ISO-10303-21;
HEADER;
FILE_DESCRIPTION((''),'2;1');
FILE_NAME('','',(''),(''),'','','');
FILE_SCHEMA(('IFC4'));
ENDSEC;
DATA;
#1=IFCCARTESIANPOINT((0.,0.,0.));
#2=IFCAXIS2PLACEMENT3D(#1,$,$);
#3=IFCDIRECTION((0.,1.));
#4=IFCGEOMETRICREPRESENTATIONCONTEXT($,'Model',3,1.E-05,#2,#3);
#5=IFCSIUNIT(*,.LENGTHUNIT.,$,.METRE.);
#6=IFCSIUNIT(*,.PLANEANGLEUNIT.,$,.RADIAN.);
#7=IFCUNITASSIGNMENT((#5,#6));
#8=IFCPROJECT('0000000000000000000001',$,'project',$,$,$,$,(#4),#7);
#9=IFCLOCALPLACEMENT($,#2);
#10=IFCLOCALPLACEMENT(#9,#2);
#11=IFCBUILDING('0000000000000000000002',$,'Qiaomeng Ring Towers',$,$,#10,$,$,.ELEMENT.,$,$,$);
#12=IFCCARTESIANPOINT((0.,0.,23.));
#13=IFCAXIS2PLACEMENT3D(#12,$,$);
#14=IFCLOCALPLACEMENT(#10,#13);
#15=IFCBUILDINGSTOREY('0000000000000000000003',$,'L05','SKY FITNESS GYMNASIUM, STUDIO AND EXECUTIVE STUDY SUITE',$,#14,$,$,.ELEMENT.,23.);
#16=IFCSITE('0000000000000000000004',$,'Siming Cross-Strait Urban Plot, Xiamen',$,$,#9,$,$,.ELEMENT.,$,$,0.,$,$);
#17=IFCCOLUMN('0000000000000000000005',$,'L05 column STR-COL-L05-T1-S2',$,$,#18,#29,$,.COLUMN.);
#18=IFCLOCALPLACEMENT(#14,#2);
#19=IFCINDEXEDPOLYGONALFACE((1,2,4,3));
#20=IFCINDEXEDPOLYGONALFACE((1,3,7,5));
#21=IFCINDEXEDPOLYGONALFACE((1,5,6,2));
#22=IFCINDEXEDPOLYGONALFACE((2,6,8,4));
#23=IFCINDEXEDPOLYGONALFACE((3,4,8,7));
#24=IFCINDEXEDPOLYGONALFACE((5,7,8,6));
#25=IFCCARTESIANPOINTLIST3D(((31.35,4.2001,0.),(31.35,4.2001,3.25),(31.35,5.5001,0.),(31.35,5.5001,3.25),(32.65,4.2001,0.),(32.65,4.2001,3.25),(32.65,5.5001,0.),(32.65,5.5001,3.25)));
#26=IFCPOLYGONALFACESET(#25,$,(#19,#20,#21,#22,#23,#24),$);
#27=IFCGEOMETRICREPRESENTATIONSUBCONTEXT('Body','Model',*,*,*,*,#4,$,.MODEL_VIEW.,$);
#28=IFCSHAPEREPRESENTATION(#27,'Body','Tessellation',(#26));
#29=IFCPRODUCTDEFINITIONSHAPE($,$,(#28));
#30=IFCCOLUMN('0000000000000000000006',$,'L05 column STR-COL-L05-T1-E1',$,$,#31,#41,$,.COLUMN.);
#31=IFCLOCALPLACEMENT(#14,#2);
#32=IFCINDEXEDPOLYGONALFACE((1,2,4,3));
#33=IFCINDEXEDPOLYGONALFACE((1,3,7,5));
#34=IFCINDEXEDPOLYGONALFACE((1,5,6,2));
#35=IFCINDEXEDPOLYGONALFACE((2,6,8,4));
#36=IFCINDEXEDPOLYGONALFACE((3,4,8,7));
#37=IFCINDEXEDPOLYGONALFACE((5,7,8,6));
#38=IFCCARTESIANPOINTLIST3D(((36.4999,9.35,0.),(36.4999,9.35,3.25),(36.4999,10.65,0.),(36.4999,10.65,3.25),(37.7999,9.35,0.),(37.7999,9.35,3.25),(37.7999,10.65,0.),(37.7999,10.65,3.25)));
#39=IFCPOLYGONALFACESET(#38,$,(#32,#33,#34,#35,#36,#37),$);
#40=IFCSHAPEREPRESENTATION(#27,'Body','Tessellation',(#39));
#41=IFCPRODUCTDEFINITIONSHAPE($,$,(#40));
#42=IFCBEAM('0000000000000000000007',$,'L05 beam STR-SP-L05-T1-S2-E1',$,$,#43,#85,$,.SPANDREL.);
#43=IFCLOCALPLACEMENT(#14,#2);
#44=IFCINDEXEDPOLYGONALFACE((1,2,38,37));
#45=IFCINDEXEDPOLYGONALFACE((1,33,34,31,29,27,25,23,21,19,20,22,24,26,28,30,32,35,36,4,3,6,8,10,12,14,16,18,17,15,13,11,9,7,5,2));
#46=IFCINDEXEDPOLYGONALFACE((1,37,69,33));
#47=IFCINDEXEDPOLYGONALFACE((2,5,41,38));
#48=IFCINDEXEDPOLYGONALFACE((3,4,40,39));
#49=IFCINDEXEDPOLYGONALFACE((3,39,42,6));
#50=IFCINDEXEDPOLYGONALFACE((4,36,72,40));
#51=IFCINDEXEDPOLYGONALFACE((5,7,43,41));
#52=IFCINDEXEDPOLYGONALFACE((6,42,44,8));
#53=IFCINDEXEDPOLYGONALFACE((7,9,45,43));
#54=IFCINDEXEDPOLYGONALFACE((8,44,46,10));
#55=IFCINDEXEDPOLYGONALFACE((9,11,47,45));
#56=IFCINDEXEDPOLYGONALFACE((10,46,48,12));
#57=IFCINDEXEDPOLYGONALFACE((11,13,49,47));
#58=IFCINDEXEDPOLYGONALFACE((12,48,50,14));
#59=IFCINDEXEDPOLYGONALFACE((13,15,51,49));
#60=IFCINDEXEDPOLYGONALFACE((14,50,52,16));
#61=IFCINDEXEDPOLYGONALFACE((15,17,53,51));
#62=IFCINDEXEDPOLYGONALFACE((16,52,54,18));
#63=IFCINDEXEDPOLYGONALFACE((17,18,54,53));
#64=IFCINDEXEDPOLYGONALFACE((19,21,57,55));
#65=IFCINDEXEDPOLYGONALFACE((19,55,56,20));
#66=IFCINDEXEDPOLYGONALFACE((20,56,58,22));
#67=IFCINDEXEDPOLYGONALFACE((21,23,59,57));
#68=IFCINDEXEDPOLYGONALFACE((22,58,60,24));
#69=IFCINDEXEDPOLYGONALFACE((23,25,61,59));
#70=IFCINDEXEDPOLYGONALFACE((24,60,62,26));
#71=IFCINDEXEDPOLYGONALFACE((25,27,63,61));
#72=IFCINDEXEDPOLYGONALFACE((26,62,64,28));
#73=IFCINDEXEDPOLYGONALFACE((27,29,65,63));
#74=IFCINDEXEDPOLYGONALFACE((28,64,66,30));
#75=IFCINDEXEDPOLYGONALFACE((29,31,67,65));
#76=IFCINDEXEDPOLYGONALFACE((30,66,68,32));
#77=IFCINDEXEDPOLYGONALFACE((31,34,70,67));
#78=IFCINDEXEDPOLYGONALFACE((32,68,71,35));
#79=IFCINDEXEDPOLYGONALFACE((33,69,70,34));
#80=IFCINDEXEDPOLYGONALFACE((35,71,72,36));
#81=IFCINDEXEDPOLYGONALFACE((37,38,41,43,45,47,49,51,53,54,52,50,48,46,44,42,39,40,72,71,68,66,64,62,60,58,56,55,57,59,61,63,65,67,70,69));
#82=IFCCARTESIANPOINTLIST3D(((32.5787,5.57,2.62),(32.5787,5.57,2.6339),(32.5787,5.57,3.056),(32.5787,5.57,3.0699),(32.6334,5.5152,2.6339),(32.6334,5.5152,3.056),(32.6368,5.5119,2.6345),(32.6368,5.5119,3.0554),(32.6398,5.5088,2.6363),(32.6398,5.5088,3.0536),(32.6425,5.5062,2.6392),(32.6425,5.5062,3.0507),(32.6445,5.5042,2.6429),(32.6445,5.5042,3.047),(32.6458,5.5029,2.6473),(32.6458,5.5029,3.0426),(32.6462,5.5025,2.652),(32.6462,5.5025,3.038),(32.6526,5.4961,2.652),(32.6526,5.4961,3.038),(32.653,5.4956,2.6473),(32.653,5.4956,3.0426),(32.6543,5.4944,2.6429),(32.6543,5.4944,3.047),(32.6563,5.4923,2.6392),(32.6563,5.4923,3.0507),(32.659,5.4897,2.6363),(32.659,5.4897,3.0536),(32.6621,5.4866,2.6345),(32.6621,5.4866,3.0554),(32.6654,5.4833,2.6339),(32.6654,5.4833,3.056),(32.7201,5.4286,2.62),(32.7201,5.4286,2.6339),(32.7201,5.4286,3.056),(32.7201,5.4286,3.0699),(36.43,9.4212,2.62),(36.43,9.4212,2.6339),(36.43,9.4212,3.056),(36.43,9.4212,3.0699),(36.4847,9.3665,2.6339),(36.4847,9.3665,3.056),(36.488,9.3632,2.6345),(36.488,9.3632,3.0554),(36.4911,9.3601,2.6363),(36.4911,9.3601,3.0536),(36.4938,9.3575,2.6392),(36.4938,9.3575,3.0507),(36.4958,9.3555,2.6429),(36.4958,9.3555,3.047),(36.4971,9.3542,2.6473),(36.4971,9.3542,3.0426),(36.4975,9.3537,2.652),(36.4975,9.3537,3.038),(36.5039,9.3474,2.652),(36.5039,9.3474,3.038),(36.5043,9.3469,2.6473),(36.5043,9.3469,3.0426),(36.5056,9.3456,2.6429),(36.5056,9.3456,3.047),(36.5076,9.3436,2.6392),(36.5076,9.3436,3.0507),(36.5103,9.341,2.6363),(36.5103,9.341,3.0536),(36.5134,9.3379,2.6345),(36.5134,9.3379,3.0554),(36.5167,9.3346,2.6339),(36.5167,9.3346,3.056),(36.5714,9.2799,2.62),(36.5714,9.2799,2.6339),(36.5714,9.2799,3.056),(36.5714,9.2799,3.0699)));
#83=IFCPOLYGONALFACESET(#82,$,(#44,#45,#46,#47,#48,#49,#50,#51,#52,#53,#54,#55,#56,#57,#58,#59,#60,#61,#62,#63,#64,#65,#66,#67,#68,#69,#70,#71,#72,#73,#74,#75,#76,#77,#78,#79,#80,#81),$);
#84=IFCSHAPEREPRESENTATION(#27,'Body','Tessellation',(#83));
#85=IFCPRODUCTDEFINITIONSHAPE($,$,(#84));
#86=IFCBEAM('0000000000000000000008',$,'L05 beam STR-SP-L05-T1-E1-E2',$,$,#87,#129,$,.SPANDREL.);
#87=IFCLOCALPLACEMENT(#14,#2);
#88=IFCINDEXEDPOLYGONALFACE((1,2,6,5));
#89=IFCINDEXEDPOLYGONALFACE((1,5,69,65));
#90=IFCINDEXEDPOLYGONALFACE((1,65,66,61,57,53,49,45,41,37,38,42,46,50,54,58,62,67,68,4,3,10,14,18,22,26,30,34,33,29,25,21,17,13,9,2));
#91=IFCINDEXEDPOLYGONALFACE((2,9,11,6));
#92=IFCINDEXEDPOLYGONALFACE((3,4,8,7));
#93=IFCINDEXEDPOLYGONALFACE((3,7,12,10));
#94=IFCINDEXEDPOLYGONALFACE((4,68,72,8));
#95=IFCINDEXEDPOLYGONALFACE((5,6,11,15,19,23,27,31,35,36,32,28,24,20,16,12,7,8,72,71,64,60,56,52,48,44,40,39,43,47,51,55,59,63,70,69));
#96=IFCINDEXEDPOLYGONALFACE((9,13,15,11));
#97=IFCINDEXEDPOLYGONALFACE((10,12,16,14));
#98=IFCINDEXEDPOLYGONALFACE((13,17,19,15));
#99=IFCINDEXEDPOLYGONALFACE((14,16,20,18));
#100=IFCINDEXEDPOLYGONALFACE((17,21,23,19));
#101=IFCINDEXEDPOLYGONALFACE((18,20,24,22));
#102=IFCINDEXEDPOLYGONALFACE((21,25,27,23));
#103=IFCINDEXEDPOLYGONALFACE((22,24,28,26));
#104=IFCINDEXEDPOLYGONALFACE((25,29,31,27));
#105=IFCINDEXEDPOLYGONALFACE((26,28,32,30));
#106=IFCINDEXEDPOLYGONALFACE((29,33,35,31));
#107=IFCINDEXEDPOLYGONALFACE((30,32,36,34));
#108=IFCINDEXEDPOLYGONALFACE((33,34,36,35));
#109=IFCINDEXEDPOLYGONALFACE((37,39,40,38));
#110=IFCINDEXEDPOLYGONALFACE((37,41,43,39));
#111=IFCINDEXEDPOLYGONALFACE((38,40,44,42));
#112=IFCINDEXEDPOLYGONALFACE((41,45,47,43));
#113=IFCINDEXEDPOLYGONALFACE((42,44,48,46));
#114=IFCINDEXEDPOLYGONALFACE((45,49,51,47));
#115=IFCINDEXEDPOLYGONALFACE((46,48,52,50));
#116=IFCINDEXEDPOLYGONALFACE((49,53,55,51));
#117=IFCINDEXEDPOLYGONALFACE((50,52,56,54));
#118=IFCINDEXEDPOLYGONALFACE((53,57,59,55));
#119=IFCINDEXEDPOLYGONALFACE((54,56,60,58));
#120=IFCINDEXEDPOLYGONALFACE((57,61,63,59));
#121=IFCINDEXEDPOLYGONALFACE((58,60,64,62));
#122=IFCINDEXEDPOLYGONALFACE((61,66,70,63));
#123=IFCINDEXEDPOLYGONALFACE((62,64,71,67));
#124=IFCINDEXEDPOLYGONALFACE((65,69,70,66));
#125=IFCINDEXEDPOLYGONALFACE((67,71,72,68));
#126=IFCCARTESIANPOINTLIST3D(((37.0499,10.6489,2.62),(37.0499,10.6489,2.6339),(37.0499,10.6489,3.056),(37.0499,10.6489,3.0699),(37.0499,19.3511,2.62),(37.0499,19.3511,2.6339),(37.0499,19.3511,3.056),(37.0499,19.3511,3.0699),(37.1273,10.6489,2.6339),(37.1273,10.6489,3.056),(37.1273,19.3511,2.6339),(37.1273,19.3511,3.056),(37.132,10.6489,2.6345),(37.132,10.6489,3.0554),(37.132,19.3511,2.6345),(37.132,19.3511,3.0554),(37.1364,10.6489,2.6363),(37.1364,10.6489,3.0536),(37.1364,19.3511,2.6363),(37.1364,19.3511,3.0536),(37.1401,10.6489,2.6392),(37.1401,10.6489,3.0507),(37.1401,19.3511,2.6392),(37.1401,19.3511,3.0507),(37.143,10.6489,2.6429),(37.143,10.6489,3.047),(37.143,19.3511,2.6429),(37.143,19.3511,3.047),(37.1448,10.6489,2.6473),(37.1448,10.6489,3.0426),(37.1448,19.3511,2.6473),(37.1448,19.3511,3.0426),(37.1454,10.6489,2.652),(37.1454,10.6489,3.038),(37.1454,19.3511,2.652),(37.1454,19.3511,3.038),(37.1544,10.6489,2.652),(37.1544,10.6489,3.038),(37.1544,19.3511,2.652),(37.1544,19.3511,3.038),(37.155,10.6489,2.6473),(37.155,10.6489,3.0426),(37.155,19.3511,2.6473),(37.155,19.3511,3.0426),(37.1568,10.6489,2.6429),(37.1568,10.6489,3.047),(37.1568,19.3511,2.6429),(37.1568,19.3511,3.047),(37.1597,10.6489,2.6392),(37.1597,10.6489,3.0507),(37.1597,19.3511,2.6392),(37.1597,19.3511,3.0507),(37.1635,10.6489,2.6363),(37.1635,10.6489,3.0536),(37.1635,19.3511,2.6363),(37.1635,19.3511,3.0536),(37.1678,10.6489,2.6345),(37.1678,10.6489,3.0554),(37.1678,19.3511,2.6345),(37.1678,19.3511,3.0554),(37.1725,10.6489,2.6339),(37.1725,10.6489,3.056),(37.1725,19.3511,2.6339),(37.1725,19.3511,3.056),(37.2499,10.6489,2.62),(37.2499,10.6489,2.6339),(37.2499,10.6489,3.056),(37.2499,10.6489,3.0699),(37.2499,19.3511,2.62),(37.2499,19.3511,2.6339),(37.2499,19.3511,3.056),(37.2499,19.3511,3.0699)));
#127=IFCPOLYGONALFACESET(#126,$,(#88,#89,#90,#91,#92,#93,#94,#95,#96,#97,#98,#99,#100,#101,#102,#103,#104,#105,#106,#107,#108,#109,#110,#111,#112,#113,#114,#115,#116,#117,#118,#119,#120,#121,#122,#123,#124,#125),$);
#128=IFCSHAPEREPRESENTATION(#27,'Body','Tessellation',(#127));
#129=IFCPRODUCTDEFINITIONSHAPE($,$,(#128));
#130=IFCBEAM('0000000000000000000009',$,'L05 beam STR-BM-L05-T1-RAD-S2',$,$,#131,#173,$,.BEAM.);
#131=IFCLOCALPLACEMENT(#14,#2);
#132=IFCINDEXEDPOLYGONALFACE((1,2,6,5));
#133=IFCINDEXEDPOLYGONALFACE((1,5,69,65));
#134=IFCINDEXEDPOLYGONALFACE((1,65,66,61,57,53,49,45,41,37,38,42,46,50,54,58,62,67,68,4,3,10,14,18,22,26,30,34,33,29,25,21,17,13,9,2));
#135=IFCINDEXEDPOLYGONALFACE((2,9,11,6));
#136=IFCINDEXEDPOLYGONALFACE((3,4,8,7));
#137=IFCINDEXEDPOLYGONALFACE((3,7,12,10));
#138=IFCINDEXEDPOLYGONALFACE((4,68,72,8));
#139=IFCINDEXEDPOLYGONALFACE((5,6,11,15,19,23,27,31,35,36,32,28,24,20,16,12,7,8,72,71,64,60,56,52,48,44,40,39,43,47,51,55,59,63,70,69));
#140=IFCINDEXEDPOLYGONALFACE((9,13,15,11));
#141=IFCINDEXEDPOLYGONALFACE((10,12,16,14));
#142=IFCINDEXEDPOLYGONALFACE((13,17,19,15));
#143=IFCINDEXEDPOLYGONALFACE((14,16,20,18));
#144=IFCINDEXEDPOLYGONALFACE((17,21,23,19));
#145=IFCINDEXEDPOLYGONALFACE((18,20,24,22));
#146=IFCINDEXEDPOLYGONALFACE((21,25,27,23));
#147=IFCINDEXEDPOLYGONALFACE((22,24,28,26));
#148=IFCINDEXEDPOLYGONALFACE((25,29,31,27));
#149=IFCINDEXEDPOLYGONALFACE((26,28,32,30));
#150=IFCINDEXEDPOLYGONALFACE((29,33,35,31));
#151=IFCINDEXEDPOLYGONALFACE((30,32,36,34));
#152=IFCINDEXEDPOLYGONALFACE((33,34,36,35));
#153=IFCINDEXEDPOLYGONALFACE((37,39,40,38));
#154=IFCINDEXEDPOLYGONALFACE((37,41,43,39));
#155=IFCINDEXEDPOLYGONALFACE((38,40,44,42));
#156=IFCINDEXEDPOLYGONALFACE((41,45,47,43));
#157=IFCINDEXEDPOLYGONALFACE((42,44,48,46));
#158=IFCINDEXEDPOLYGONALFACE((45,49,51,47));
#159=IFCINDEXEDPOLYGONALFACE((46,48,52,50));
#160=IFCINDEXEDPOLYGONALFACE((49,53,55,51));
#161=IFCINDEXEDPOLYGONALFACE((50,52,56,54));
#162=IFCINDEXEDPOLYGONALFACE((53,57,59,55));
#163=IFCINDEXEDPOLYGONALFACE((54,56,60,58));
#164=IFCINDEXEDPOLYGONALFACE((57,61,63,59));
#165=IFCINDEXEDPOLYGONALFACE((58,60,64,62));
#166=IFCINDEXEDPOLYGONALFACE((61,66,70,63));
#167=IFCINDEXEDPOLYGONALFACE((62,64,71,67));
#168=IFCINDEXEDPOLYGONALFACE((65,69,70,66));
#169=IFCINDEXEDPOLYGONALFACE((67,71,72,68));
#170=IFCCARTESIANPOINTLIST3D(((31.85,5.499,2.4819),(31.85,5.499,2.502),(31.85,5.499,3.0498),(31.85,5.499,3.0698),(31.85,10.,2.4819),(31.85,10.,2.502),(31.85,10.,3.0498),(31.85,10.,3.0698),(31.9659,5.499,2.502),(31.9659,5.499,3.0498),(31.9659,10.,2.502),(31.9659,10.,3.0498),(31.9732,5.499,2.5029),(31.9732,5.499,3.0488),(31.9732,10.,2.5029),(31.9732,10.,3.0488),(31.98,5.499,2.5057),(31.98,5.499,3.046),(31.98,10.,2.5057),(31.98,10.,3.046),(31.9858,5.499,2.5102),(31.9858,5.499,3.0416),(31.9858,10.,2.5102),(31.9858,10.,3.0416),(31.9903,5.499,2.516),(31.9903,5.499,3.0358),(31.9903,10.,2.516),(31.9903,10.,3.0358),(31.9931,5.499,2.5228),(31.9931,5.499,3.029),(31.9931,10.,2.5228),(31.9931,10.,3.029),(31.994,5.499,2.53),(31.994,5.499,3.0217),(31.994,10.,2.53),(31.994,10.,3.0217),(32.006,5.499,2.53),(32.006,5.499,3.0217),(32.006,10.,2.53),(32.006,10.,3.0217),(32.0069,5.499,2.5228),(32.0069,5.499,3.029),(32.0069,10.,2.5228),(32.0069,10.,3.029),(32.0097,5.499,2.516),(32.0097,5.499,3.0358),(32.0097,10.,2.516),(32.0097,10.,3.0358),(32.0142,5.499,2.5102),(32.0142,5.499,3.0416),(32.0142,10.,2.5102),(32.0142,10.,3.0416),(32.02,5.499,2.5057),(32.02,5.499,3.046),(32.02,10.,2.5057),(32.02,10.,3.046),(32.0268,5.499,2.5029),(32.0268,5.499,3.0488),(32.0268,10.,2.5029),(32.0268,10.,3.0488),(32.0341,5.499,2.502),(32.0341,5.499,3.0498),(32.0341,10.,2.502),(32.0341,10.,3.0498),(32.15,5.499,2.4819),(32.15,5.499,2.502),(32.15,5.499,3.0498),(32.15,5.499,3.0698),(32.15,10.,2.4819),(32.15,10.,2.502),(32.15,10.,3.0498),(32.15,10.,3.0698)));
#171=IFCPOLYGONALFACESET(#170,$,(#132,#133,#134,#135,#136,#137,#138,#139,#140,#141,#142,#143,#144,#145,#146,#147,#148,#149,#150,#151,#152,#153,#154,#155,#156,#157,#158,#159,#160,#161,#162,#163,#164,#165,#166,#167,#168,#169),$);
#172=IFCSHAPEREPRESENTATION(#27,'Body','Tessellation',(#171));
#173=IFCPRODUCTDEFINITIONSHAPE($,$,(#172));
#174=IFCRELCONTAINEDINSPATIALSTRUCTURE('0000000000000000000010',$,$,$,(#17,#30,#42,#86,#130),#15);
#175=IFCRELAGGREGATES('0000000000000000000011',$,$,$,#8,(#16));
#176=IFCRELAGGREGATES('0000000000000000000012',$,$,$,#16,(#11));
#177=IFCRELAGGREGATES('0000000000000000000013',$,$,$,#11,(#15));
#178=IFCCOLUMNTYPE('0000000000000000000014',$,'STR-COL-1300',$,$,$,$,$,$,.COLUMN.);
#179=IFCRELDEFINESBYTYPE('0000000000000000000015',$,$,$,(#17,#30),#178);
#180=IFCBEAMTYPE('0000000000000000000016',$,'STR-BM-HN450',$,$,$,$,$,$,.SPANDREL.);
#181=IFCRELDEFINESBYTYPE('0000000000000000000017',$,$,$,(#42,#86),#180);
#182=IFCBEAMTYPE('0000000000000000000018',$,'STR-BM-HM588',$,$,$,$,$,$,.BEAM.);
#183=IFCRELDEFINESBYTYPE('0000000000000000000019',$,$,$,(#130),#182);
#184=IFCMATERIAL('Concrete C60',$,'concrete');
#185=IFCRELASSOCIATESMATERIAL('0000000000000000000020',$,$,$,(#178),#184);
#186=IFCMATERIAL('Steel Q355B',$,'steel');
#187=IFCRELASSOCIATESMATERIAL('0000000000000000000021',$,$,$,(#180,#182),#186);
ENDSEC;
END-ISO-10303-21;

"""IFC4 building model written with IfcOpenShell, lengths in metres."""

from ifc_helpers import new_model, si_unit, direction, frame, origin, origin_2d, place, context, subcontext, project, spatial, rectangle, i_section, extrude, source, transform, mapped, material, material_profile, profile_set, type_object, element, save


model = new_model("IFC4")

# Units and contexts
model_context = context("Model", 3, precision=1e-05, world=origin(), true_north=direction((0.0, 1.0)))
body_context = subcontext(model_context, "Body", "Model", "MODEL_VIEW")
ifc_project = project(units=[si_unit("LENGTHUNIT", "METRE"), si_unit("PLANEANGLEUNIT", "RADIAN")], contexts=[model_context])

# Site, building, storey
site_placement = place(None, origin())
site = spatial("IfcSite", under=ifc_project, at=site_placement, Name="Siming Cross-Strait Urban Plot, Xiamen", CompositionType="ELEMENT", RefElevation=0.0)
building_placement = place(site_placement, origin())
building = spatial("IfcBuilding", under=site, at=building_placement, Name="Qiaomeng Ring Towers", CompositionType="ELEMENT")
storey_placement = place(building_placement, frame((0.0, 0.0, 23.0)))
storey = spatial("IfcBuildingStorey", under=building, at=storey_placement, Name="L05", Description="SKY FITNESS GYMNASIUM, STUDIO AND EXECUTIVE STUDY SUITE", CompositionType="ELEMENT", Elevation=23.0)

# Columns
ifc_material_1 = material(Name="Concrete C60", Category="concrete")
ifc_material_profile_1 = material_profile(ifc_material_1, rectangle(XDim=1.3, YDim=1.3, at=origin_2d()), Name="RC COL 1300x1300")
ifc_profile_set_1 = profile_set([ifc_material_profile_1], Name="Concrete C60")
column_type = type_object("IfcColumnType", Name="STR-COL-1300", PredefinedType="COLUMN", material=ifc_profile_set_1)
shared_shape_1 = source(origin(), body_context, "Body", "SweptSolid", [
    extrude(rectangle(XDim=1.3, YDim=1.3, at=origin_2d()), origin(), (0.0, 0.0, 1.0), 3.25),
])
for number, where, z_axis, x_axis, name in (
    (1, (32.0, 4.8501, 0.0), (0.0, 0.0, 1.0), (1.0, 0.0, 0.0), "L05 column STR-COL-L05-T1-S2"),
    (2, (37.1499, 10.0, 0.0), (0.0, 0.0, 1.0), (1.0, 0.0, 0.0), "L05 column STR-COL-L05-T1-E1"),
):
    element("IfcColumn", number, at=place(storey_placement, frame(where, z_axis=z_axis, x_axis=x_axis)), inside=storey, type_object=column_type, Name=name, PredefinedType="COLUMN", context=body_context, shape_type="MappedRepresentation", body=[
        mapped(shared_shape_1, transform((0.0, 0.0, 0.0), x_axis=(1.0, 0.0, 0.0), y_axis=(0.0, 1.0, 0.0), z_axis=(0.0, 0.0, 1.0), scale=1.0)),
    ])

# Beams
ifc_material_2 = material(Name="Steel Q355B", Category="steel")
ifc_material_profile_2 = material_profile(ifc_material_2, i_section(OverallWidth=0.2, OverallDepth=0.45, WebThickness=0.009, FlangeThickness=0.0139, FilletRadius=0.0181, at=origin_2d()), Name="HN 450x200x9x14")
ifc_profile_set_2 = profile_set([ifc_material_profile_2], Name="Steel Q355B")
beam_type_1 = type_object("IfcBeamType", Name="STR-BM-HN450", PredefinedType="SPANDREL", material=ifc_profile_set_2)
shared_shape_2 = source(origin(), body_context, "Body", "SweptSolid", [
    extrude(i_section(OverallWidth=0.2, OverallDepth=0.45, WebThickness=0.009, FlangeThickness=0.0139, FilletRadius=0.0181, at=origin_2d()), origin(), (0.0, 0.0, 1.0), 5.4465),
])
beam_1_placement = place(storey_placement, frame((32.6494, 5.4993, 2.845), z_axis=(0.707107, 0.707107, 0.0), x_axis=(-0.707107, 0.707107, 0.0)))
element("IfcBeam", 3, at=beam_1_placement, inside=storey, type_object=beam_type_1, Name="L05 beam STR-SP-L05-T1-S2-E1", PredefinedType="SPANDREL", context=body_context, shape_type="MappedRepresentation", body=[
    mapped(shared_shape_2, transform((0.0, 0.0, 0.0), x_axis=(1.0, 0.0, 0.0), y_axis=(0.0, 1.0, 0.0), z_axis=(0.0, 0.0, 1.0), scale=1.0)),
])
shared_shape_3 = source(origin(), body_context, "Body", "SweptSolid", [
    extrude(i_section(OverallWidth=0.2, OverallDepth=0.45, WebThickness=0.009, FlangeThickness=0.0139, FilletRadius=0.0181, at=origin_2d()), origin(), (0.0, 0.0, 1.0), 8.7021),
])
beam_2_placement = place(storey_placement, frame((37.1499, 10.6489, 2.845), z_axis=(0.0, 1.0, 0.0), x_axis=(-1.0, 0.0, 0.0)))
element("IfcBeam", 4, at=beam_2_placement, inside=storey, type_object=beam_type_1, Name="L05 beam STR-SP-L05-T1-E1-E2", PredefinedType="SPANDREL", context=body_context, shape_type="MappedRepresentation", body=[
    mapped(shared_shape_3, transform((0.0, 0.0, 0.0), x_axis=(1.0, 0.0, 0.0), y_axis=(0.0, 1.0, 0.0), z_axis=(0.0, 0.0, 1.0), scale=1.0)),
])
ifc_material_profile_3 = material_profile(ifc_material_2, i_section(OverallWidth=0.3, OverallDepth=0.5879, WebThickness=0.012, FlangeThickness=0.02, FilletRadius=0.0281, at=origin_2d()), Name="HM 588x300x12x20")
ifc_profile_set_3 = profile_set([ifc_material_profile_3], Name="Steel Q355B")
beam_type_2 = type_object("IfcBeamType", Name="STR-BM-HM588", PredefinedType="BEAM", material=ifc_profile_set_3)
shared_shape_4 = source(origin(), body_context, "Body", "SweptSolid", [
    extrude(i_section(OverallWidth=0.3, OverallDepth=0.5879, WebThickness=0.012, FlangeThickness=0.02, FilletRadius=0.0281, at=origin_2d()), origin(), (0.0, 0.0, 1.0), 4.501),
])
beam_3_placement = place(storey_placement, frame((32.0, 5.499, 2.7759), z_axis=(0.0, 1.0, 0.0), x_axis=(-1.0, 0.0, 0.0)))
element("IfcBeam", 5, at=beam_3_placement, inside=storey, type_object=beam_type_2, Name="L05 beam STR-BM-L05-T1-RAD-S2", PredefinedType="BEAM", context=body_context, shape_type="MappedRepresentation", body=[
    mapped(shared_shape_4, transform((0.0, 0.0, 0.0), x_axis=(1.0, 0.0, 0.0), y_axis=(0.0, 1.0, 0.0), z_axis=(0.0, 0.0, 1.0), scale=1.0)),
])

save(model, "model.ifc")
